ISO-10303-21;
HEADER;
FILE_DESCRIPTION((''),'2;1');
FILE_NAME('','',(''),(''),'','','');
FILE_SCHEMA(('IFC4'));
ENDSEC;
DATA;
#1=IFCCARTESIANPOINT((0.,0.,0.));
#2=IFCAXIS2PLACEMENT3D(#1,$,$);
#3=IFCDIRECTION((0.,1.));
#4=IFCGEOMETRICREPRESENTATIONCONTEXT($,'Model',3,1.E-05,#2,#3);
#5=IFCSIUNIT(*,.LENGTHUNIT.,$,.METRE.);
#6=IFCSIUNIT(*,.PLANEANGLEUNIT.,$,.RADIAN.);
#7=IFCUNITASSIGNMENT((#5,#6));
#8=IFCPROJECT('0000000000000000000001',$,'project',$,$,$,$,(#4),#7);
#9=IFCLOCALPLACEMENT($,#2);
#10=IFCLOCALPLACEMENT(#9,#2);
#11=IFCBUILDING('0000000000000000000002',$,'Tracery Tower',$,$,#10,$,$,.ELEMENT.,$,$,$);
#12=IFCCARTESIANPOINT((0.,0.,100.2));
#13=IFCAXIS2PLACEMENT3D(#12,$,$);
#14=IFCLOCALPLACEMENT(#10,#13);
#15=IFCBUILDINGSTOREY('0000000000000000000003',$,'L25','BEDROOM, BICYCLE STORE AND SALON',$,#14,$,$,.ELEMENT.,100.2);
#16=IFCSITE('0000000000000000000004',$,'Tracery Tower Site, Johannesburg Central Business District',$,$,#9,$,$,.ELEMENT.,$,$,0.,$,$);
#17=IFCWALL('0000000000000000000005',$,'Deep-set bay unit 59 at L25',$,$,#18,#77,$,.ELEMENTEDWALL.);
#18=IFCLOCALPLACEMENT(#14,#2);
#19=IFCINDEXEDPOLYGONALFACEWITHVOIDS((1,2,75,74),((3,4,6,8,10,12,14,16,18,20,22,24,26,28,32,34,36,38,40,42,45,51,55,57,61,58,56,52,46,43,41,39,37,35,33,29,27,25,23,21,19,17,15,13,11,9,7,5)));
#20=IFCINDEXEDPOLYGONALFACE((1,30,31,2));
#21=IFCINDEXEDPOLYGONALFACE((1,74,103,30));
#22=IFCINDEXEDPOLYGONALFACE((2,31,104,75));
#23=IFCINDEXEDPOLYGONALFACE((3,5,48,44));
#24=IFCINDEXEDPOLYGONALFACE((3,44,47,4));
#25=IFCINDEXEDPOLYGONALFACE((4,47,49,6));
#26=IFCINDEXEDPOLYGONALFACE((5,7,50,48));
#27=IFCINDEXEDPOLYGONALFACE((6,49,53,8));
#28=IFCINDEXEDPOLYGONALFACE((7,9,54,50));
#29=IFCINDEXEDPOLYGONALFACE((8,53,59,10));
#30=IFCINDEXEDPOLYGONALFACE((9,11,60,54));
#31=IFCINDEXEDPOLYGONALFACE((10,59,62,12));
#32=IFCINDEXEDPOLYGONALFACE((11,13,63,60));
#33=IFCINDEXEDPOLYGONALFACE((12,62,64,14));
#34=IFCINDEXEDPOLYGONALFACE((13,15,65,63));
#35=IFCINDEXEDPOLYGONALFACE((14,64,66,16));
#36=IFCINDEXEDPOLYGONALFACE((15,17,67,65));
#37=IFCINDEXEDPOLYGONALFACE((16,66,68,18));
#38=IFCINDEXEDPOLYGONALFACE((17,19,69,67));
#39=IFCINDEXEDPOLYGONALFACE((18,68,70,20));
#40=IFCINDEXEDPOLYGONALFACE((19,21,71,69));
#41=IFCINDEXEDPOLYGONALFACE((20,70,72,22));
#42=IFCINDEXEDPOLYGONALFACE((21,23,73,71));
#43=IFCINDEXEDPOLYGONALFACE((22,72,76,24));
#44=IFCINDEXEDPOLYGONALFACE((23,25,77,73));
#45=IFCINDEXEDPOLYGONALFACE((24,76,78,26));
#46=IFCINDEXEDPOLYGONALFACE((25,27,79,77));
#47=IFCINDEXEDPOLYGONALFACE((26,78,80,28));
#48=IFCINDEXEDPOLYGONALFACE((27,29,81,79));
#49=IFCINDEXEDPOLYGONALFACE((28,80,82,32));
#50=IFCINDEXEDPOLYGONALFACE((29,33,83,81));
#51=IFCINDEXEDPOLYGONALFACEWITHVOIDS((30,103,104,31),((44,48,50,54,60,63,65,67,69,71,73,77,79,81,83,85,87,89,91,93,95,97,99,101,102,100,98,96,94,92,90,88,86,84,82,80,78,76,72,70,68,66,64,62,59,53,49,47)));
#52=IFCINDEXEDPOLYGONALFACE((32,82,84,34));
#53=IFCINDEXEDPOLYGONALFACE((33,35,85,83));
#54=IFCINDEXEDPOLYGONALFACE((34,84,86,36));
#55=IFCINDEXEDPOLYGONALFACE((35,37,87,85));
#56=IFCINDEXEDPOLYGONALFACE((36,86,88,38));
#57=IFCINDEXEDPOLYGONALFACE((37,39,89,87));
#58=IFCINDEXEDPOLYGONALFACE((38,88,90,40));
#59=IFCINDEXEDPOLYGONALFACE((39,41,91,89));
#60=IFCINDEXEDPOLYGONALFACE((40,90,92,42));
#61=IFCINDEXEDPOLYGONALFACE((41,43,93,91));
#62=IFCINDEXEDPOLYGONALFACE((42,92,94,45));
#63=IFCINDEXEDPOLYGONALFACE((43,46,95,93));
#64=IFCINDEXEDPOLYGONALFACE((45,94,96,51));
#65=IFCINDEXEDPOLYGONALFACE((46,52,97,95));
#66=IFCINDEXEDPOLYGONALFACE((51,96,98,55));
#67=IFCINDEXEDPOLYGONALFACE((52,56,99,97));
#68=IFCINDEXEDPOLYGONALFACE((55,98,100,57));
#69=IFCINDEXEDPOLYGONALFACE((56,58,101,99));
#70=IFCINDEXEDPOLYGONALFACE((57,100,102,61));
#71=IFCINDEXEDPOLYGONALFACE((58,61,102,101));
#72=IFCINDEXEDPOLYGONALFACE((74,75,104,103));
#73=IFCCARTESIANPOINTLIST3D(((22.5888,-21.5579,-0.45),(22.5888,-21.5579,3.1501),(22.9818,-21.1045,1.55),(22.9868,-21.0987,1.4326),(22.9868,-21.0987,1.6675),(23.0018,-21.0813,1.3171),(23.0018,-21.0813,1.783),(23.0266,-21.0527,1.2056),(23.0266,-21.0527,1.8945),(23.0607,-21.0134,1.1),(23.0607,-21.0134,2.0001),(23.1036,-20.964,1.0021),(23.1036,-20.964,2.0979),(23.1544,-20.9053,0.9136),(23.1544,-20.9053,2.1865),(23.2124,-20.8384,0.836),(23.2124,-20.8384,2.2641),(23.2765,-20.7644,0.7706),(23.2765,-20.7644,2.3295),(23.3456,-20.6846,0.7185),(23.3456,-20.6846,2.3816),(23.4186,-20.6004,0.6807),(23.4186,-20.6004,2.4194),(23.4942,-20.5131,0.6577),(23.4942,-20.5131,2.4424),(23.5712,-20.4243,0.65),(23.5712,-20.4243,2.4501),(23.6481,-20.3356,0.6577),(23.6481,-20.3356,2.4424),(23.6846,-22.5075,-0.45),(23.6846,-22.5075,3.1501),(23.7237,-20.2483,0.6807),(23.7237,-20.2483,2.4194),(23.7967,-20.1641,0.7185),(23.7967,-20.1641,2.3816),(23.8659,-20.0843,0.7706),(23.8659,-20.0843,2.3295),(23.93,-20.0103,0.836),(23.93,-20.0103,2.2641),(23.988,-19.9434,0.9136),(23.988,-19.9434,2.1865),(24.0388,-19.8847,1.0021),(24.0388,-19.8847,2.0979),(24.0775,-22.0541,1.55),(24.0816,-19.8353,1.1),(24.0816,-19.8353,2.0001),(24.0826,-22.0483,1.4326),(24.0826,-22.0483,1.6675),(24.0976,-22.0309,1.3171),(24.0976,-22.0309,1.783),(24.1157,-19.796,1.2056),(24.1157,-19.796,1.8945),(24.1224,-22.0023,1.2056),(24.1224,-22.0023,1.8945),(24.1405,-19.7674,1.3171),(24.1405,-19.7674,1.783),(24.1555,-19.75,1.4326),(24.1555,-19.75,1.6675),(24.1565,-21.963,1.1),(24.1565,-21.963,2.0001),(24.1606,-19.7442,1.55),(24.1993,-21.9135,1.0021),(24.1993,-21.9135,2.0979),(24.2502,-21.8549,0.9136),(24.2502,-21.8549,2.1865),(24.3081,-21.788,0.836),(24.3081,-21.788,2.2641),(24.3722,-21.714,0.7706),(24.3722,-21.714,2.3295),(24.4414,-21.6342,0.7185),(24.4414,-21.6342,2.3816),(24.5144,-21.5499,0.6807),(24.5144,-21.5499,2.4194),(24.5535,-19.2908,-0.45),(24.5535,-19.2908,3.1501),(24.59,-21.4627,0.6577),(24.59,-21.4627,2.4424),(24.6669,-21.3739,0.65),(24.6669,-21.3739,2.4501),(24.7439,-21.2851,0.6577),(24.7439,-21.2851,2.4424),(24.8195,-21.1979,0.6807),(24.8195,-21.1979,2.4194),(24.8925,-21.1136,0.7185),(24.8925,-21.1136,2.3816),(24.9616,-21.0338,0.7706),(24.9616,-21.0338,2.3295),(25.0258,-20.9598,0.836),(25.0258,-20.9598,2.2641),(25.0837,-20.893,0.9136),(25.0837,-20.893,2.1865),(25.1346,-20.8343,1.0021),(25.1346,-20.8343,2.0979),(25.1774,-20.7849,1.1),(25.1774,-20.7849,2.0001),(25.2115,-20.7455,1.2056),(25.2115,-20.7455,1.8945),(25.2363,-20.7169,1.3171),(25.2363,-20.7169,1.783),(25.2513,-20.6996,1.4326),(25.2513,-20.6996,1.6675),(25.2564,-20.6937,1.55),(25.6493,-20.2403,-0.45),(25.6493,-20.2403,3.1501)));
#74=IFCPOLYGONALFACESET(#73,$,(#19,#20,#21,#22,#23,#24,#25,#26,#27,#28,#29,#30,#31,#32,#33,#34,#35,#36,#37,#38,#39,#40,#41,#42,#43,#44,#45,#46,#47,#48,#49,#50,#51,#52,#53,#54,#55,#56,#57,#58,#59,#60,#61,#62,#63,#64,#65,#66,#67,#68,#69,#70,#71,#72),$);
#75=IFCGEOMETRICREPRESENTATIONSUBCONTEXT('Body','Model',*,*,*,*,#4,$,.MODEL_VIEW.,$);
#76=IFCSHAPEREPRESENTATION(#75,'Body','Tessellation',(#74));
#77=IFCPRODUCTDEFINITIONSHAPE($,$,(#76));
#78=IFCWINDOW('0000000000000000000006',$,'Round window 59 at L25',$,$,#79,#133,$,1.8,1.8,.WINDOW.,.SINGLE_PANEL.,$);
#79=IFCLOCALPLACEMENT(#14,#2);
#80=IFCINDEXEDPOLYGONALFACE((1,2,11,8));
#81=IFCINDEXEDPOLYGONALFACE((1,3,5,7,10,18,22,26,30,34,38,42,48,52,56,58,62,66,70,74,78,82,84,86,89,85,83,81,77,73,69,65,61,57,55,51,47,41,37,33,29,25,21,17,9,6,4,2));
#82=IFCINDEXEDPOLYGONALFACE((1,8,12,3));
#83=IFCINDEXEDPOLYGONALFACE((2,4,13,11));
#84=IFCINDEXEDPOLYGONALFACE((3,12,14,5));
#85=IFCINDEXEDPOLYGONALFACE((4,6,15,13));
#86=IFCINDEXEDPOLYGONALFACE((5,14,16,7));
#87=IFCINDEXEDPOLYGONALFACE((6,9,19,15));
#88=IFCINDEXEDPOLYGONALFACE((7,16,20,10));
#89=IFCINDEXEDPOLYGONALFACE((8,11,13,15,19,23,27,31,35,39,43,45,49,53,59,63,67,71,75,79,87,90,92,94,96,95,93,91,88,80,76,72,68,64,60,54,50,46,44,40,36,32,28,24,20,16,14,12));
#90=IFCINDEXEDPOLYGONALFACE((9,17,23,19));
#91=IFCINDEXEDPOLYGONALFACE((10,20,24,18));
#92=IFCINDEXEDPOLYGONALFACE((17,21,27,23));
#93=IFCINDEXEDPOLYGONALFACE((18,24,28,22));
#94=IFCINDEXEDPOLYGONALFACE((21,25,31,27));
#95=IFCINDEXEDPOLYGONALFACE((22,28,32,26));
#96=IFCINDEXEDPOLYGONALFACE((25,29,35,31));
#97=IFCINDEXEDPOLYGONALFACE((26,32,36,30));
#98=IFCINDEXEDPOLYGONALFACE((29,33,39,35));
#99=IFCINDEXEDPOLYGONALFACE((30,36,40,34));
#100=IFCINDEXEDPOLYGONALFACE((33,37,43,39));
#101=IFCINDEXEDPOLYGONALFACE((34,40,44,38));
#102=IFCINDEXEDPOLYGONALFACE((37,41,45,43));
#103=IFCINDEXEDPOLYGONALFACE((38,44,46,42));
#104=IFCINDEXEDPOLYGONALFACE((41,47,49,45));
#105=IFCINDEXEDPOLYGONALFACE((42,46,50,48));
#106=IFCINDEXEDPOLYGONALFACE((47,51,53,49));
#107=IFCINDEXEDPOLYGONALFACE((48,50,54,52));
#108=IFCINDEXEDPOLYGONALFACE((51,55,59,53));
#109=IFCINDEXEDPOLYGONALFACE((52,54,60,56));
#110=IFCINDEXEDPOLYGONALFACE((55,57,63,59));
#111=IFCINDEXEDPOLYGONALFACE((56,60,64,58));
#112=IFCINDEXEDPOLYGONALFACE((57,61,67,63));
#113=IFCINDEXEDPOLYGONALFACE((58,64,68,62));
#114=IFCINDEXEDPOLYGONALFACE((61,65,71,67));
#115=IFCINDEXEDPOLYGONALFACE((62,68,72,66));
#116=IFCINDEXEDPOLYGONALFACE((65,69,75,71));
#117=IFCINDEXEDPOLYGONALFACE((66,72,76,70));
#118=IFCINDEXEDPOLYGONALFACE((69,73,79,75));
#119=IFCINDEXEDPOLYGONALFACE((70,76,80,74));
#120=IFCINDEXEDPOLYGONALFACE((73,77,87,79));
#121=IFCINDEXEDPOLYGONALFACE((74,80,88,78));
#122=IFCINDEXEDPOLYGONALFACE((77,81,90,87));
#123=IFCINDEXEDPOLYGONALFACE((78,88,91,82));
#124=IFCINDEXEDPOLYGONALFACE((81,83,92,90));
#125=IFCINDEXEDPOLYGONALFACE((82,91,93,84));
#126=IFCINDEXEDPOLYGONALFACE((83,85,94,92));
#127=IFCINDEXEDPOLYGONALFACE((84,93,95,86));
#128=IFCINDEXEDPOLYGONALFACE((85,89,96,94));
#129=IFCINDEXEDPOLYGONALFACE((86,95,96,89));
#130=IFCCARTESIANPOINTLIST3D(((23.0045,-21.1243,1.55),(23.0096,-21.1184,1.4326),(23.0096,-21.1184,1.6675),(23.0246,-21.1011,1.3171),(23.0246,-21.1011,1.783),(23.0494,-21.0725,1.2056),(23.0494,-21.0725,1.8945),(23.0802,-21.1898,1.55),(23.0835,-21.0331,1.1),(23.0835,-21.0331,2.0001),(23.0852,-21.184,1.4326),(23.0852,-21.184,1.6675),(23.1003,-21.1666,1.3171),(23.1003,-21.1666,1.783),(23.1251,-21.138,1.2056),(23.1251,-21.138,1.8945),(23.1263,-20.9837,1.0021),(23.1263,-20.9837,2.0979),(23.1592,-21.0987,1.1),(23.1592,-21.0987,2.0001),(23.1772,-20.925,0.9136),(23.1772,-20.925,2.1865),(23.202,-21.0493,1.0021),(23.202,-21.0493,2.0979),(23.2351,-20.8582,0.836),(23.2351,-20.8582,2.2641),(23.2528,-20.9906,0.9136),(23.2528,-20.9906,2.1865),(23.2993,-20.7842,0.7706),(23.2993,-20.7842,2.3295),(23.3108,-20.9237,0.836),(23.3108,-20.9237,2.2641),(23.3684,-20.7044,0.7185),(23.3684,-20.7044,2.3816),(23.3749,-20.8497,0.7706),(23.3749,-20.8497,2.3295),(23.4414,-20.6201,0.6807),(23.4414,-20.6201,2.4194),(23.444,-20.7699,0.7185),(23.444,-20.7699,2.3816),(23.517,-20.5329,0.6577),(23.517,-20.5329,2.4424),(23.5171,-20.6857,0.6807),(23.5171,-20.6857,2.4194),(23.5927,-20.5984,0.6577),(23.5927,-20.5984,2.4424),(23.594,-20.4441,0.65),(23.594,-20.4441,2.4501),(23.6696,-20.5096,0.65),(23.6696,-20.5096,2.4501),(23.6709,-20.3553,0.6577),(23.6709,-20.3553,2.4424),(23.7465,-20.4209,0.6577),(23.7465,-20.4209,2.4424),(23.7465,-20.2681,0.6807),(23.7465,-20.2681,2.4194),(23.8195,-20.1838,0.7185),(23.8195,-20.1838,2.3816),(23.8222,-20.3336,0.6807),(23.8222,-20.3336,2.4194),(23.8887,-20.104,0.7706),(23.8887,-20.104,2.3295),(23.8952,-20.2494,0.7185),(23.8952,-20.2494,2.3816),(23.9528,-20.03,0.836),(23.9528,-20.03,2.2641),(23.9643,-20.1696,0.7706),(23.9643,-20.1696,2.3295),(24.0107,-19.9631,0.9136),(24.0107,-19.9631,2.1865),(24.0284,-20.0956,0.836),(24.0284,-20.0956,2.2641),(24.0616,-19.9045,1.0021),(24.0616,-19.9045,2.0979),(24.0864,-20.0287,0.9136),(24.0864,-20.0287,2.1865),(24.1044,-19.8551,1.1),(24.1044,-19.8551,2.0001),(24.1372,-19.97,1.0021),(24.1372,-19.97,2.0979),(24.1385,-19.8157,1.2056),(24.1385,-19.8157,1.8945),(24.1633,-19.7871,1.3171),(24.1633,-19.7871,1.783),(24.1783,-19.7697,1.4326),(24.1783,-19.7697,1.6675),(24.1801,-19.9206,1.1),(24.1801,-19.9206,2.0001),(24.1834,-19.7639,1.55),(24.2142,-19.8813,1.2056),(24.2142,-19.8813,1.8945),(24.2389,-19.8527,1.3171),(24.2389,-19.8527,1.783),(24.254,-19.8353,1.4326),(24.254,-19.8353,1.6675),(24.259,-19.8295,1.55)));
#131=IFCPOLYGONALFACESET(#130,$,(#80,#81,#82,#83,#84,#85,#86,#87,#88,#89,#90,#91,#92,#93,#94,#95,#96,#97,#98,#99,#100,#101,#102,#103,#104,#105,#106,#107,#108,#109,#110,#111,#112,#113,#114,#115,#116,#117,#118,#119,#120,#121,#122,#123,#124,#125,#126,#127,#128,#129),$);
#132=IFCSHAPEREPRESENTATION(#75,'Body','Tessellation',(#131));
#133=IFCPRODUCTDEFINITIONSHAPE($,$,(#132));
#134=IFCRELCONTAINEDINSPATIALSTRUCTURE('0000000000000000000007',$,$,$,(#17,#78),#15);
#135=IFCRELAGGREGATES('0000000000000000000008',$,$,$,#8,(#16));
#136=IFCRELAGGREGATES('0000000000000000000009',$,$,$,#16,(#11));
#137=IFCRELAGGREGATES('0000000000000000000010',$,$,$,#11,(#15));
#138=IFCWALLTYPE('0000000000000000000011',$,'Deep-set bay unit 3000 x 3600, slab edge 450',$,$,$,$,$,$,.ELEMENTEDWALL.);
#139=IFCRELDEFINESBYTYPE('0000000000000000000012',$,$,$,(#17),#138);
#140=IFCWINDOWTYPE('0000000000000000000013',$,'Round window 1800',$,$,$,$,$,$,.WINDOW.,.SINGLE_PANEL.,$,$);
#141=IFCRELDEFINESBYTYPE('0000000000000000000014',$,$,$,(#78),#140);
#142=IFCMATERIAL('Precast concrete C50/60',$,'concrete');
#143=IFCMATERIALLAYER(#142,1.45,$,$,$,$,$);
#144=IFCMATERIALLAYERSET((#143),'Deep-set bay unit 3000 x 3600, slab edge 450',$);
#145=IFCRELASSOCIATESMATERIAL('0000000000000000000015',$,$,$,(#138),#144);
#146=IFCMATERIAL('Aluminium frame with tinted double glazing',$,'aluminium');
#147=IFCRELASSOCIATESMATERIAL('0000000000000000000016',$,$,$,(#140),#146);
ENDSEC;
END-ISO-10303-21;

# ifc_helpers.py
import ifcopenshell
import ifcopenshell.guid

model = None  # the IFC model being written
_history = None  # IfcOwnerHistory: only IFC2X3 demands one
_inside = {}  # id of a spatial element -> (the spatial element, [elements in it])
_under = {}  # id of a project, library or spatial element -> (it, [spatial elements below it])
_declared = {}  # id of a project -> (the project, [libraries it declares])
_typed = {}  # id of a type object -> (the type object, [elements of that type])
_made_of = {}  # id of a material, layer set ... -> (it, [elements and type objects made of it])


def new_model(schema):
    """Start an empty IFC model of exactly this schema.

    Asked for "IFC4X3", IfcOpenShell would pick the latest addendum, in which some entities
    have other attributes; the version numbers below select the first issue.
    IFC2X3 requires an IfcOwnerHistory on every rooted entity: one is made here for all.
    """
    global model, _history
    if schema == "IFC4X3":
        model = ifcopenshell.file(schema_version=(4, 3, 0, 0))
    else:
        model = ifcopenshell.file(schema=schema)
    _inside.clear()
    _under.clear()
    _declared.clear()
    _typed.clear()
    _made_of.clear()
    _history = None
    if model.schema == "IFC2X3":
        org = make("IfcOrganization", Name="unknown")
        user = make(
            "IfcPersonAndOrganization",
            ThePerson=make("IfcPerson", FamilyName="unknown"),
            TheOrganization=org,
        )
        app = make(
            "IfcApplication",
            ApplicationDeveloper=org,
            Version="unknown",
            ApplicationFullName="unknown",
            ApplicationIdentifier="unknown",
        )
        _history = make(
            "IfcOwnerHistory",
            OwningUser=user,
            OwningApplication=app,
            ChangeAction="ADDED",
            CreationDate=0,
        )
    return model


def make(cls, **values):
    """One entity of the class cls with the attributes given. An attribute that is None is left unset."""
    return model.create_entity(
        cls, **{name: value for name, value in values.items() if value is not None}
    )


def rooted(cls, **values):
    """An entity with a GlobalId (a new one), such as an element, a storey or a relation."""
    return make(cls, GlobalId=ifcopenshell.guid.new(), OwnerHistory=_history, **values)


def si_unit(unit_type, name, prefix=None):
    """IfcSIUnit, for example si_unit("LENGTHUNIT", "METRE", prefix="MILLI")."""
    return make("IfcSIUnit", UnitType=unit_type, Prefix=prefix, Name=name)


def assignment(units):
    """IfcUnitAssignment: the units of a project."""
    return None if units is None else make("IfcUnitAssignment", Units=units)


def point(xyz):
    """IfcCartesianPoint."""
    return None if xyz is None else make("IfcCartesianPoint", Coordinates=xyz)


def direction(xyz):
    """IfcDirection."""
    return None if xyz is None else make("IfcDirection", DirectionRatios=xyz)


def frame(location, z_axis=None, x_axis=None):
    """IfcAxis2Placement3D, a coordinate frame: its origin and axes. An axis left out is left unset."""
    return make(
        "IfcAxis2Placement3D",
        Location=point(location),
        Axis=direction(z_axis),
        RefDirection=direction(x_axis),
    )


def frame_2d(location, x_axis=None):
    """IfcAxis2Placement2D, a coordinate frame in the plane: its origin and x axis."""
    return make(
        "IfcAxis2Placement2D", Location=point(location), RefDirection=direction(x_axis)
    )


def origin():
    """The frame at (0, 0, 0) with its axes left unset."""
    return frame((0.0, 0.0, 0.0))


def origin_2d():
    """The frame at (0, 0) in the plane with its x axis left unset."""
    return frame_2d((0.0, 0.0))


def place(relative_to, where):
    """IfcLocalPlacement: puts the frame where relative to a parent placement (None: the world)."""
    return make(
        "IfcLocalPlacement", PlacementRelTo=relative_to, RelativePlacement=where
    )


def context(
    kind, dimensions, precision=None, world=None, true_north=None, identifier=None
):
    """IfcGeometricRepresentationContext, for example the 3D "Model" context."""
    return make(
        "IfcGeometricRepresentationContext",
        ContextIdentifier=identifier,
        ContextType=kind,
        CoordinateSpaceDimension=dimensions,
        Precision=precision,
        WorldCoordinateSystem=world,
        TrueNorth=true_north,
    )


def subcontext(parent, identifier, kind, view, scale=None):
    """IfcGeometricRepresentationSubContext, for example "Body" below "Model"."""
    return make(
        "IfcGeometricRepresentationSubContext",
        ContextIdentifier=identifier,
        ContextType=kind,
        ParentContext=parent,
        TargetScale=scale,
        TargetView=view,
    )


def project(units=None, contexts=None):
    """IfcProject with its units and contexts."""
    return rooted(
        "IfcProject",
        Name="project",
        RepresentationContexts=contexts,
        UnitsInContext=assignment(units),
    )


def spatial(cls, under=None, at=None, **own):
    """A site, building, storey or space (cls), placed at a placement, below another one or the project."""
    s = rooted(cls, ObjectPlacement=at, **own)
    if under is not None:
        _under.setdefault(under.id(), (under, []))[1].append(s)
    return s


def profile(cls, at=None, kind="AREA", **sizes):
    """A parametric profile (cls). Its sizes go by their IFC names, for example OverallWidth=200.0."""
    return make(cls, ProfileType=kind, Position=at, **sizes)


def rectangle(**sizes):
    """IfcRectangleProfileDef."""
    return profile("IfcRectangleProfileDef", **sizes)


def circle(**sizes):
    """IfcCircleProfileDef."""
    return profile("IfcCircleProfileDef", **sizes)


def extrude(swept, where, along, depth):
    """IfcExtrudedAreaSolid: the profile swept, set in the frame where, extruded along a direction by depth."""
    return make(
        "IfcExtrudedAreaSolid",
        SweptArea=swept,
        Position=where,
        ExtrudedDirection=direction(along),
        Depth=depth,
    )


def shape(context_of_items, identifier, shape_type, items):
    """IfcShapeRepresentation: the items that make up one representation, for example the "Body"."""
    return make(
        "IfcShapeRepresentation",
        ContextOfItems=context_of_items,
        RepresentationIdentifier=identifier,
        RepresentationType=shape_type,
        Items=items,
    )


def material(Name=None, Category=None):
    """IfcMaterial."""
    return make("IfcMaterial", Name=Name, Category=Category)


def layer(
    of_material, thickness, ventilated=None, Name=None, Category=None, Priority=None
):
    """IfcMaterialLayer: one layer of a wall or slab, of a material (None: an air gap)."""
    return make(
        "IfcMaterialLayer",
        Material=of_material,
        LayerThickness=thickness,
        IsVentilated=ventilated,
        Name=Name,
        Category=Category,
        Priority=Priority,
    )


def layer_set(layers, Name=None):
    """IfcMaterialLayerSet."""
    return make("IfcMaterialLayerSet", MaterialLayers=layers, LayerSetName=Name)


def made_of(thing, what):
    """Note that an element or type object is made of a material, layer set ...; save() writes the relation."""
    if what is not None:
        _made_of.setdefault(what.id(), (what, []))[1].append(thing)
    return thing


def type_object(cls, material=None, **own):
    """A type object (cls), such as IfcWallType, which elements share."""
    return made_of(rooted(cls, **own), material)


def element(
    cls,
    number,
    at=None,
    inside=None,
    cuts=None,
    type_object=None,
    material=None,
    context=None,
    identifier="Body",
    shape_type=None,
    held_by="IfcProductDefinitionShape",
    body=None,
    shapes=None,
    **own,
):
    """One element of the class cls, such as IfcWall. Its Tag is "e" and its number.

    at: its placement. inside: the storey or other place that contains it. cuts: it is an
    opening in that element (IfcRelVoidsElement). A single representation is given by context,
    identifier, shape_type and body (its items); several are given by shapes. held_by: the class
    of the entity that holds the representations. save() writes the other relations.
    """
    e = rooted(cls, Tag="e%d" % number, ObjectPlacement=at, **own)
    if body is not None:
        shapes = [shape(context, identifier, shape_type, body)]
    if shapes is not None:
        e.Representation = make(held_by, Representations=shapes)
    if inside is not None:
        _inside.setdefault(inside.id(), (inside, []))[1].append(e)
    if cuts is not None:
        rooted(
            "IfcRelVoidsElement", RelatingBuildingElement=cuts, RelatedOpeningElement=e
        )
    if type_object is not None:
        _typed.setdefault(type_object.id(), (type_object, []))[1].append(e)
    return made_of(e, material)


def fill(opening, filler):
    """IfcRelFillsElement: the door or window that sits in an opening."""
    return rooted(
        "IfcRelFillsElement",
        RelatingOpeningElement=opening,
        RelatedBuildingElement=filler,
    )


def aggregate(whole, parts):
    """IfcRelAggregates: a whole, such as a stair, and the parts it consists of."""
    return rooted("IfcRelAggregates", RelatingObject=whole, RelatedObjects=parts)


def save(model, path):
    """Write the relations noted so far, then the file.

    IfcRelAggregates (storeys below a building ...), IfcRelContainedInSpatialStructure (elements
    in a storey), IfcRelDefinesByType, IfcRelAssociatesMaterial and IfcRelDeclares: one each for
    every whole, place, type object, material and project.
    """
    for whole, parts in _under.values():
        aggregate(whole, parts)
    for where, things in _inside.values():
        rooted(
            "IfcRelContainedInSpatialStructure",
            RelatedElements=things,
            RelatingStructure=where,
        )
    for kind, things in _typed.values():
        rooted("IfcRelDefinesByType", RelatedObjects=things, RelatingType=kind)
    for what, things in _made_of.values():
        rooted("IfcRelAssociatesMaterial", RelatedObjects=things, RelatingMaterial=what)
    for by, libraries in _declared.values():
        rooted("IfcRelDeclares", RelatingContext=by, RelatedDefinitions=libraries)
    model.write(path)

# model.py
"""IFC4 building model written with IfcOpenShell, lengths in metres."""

from ifc_helpers import new_model, si_unit, direction, frame, frame_2d, origin, origin_2d, place, context, subcontext, project, spatial, rectangle, circle, extrude, material, layer, layer_set, type_object, element, fill, save


model = new_model("IFC4")

# Units and contexts
model_context = context("Model", 3, precision=1e-05, world=origin(), true_north=direction((0.0, 1.0)))
body_context = subcontext(model_context, "Body", "Model", "MODEL_VIEW")
ifc_project = project(units=[si_unit("LENGTHUNIT", "METRE"), si_unit("PLANEANGLEUNIT", "RADIAN")], contexts=[model_context])

# Site, building, storey
site_placement = place(None, origin())
site = spatial("IfcSite", under=ifc_project, at=site_placement, Name="Tracery Tower Site, Johannesburg Central Business District", CompositionType="ELEMENT", RefElevation=0.0)
building_placement = place(site_placement, origin())
building = spatial("IfcBuilding", under=site, at=building_placement, Name="Tracery Tower", CompositionType="ELEMENT")
storey_placement = place(building_placement, frame((0.0, 0.0, 100.2)))
storey = spatial("IfcBuildingStorey", under=building, at=storey_placement, Name="L25", Description="BEDROOM, BICYCLE STORE AND SALON", CompositionType="ELEMENT", Elevation=100.2)

# Wall, opening, window
ifc_material_1 = material(Name="Precast concrete C50/60", Category="concrete")
ifc_layer_1 = layer(ifc_material_1, 1.45)
ifc_layer_set_1 = layer_set([ifc_layer_1], Name="Deep-set bay unit 3000 x 3600, slab edge 450")
wall_type_1 = type_object("IfcWallType", Name="Deep-set bay unit 3000 x 3600, slab edge 450", PredefinedType="ELEMENTEDWALL", material=ifc_layer_set_1)
wall_1_placement = place(storey_placement, frame((23.1367, -22.0327, -0.45), z_axis=(0.0, 0.0, 1.0), x_axis=(0.65489, 0.755724, 0.0)))
wall_1 = element("IfcWall", 1, at=wall_1_placement, inside=storey, type_object=wall_type_1, Name="Deep-set bay unit 59 at L25", PredefinedType="ELEMENTEDWALL", context=body_context, shape_type="SweptSolid", body=[
    extrude(rectangle(XDim=3.0, YDim=1.45, at=frame_2d((1.5, 0.0))), origin(), (0.0, 0.0, 1.0), 3.6001),
])
opening_1_placement = place(wall_1_placement, frame((1.5, 0.0, 2.0)))
opening_1 = element("IfcOpeningElement", 2, at=opening_1_placement, cuts=wall_1, PredefinedType="OPENING", context=body_context, shape_type="SweptSolid", body=[
    extrude(circle(Radius=0.9, at=origin_2d()), frame((0.0, 0.7349, 0.0), z_axis=(0.0, -1.0, 0.0), x_axis=(1.0, 0.0, 0.0)), (0.0, 0.0, 1.0), 1.47),
])
ifc_material_2 = material(Name="Aluminium frame with tinted double glazing", Category="aluminium")
window_type = type_object("IfcWindowType", Name="Round window 1800", PartitioningType="SINGLE_PANEL", PredefinedType="WINDOW", material=ifc_material_2)
window_1_placement = place(opening_1_placement, origin())
window_1 = element("IfcWindow", 3, at=window_1_placement, inside=storey, type_object=window_type, Name="Round window 59 at L25", OverallHeight=1.8, OverallWidth=1.8, PartitioningType="SINGLE_PANEL", PredefinedType="WINDOW", context=body_context, shape_type="SweptSolid", body=[
    extrude(circle(Radius=0.9, at=origin_2d()), frame((0.0, 0.6948, 0.0), z_axis=(0.0, -1.0, 0.0), x_axis=(1.0, 0.0, 0.0)), (0.0, 0.0, 1.0), 0.1001),
])
fill(opening_1, window_1)

save(model, "model.ifc")
